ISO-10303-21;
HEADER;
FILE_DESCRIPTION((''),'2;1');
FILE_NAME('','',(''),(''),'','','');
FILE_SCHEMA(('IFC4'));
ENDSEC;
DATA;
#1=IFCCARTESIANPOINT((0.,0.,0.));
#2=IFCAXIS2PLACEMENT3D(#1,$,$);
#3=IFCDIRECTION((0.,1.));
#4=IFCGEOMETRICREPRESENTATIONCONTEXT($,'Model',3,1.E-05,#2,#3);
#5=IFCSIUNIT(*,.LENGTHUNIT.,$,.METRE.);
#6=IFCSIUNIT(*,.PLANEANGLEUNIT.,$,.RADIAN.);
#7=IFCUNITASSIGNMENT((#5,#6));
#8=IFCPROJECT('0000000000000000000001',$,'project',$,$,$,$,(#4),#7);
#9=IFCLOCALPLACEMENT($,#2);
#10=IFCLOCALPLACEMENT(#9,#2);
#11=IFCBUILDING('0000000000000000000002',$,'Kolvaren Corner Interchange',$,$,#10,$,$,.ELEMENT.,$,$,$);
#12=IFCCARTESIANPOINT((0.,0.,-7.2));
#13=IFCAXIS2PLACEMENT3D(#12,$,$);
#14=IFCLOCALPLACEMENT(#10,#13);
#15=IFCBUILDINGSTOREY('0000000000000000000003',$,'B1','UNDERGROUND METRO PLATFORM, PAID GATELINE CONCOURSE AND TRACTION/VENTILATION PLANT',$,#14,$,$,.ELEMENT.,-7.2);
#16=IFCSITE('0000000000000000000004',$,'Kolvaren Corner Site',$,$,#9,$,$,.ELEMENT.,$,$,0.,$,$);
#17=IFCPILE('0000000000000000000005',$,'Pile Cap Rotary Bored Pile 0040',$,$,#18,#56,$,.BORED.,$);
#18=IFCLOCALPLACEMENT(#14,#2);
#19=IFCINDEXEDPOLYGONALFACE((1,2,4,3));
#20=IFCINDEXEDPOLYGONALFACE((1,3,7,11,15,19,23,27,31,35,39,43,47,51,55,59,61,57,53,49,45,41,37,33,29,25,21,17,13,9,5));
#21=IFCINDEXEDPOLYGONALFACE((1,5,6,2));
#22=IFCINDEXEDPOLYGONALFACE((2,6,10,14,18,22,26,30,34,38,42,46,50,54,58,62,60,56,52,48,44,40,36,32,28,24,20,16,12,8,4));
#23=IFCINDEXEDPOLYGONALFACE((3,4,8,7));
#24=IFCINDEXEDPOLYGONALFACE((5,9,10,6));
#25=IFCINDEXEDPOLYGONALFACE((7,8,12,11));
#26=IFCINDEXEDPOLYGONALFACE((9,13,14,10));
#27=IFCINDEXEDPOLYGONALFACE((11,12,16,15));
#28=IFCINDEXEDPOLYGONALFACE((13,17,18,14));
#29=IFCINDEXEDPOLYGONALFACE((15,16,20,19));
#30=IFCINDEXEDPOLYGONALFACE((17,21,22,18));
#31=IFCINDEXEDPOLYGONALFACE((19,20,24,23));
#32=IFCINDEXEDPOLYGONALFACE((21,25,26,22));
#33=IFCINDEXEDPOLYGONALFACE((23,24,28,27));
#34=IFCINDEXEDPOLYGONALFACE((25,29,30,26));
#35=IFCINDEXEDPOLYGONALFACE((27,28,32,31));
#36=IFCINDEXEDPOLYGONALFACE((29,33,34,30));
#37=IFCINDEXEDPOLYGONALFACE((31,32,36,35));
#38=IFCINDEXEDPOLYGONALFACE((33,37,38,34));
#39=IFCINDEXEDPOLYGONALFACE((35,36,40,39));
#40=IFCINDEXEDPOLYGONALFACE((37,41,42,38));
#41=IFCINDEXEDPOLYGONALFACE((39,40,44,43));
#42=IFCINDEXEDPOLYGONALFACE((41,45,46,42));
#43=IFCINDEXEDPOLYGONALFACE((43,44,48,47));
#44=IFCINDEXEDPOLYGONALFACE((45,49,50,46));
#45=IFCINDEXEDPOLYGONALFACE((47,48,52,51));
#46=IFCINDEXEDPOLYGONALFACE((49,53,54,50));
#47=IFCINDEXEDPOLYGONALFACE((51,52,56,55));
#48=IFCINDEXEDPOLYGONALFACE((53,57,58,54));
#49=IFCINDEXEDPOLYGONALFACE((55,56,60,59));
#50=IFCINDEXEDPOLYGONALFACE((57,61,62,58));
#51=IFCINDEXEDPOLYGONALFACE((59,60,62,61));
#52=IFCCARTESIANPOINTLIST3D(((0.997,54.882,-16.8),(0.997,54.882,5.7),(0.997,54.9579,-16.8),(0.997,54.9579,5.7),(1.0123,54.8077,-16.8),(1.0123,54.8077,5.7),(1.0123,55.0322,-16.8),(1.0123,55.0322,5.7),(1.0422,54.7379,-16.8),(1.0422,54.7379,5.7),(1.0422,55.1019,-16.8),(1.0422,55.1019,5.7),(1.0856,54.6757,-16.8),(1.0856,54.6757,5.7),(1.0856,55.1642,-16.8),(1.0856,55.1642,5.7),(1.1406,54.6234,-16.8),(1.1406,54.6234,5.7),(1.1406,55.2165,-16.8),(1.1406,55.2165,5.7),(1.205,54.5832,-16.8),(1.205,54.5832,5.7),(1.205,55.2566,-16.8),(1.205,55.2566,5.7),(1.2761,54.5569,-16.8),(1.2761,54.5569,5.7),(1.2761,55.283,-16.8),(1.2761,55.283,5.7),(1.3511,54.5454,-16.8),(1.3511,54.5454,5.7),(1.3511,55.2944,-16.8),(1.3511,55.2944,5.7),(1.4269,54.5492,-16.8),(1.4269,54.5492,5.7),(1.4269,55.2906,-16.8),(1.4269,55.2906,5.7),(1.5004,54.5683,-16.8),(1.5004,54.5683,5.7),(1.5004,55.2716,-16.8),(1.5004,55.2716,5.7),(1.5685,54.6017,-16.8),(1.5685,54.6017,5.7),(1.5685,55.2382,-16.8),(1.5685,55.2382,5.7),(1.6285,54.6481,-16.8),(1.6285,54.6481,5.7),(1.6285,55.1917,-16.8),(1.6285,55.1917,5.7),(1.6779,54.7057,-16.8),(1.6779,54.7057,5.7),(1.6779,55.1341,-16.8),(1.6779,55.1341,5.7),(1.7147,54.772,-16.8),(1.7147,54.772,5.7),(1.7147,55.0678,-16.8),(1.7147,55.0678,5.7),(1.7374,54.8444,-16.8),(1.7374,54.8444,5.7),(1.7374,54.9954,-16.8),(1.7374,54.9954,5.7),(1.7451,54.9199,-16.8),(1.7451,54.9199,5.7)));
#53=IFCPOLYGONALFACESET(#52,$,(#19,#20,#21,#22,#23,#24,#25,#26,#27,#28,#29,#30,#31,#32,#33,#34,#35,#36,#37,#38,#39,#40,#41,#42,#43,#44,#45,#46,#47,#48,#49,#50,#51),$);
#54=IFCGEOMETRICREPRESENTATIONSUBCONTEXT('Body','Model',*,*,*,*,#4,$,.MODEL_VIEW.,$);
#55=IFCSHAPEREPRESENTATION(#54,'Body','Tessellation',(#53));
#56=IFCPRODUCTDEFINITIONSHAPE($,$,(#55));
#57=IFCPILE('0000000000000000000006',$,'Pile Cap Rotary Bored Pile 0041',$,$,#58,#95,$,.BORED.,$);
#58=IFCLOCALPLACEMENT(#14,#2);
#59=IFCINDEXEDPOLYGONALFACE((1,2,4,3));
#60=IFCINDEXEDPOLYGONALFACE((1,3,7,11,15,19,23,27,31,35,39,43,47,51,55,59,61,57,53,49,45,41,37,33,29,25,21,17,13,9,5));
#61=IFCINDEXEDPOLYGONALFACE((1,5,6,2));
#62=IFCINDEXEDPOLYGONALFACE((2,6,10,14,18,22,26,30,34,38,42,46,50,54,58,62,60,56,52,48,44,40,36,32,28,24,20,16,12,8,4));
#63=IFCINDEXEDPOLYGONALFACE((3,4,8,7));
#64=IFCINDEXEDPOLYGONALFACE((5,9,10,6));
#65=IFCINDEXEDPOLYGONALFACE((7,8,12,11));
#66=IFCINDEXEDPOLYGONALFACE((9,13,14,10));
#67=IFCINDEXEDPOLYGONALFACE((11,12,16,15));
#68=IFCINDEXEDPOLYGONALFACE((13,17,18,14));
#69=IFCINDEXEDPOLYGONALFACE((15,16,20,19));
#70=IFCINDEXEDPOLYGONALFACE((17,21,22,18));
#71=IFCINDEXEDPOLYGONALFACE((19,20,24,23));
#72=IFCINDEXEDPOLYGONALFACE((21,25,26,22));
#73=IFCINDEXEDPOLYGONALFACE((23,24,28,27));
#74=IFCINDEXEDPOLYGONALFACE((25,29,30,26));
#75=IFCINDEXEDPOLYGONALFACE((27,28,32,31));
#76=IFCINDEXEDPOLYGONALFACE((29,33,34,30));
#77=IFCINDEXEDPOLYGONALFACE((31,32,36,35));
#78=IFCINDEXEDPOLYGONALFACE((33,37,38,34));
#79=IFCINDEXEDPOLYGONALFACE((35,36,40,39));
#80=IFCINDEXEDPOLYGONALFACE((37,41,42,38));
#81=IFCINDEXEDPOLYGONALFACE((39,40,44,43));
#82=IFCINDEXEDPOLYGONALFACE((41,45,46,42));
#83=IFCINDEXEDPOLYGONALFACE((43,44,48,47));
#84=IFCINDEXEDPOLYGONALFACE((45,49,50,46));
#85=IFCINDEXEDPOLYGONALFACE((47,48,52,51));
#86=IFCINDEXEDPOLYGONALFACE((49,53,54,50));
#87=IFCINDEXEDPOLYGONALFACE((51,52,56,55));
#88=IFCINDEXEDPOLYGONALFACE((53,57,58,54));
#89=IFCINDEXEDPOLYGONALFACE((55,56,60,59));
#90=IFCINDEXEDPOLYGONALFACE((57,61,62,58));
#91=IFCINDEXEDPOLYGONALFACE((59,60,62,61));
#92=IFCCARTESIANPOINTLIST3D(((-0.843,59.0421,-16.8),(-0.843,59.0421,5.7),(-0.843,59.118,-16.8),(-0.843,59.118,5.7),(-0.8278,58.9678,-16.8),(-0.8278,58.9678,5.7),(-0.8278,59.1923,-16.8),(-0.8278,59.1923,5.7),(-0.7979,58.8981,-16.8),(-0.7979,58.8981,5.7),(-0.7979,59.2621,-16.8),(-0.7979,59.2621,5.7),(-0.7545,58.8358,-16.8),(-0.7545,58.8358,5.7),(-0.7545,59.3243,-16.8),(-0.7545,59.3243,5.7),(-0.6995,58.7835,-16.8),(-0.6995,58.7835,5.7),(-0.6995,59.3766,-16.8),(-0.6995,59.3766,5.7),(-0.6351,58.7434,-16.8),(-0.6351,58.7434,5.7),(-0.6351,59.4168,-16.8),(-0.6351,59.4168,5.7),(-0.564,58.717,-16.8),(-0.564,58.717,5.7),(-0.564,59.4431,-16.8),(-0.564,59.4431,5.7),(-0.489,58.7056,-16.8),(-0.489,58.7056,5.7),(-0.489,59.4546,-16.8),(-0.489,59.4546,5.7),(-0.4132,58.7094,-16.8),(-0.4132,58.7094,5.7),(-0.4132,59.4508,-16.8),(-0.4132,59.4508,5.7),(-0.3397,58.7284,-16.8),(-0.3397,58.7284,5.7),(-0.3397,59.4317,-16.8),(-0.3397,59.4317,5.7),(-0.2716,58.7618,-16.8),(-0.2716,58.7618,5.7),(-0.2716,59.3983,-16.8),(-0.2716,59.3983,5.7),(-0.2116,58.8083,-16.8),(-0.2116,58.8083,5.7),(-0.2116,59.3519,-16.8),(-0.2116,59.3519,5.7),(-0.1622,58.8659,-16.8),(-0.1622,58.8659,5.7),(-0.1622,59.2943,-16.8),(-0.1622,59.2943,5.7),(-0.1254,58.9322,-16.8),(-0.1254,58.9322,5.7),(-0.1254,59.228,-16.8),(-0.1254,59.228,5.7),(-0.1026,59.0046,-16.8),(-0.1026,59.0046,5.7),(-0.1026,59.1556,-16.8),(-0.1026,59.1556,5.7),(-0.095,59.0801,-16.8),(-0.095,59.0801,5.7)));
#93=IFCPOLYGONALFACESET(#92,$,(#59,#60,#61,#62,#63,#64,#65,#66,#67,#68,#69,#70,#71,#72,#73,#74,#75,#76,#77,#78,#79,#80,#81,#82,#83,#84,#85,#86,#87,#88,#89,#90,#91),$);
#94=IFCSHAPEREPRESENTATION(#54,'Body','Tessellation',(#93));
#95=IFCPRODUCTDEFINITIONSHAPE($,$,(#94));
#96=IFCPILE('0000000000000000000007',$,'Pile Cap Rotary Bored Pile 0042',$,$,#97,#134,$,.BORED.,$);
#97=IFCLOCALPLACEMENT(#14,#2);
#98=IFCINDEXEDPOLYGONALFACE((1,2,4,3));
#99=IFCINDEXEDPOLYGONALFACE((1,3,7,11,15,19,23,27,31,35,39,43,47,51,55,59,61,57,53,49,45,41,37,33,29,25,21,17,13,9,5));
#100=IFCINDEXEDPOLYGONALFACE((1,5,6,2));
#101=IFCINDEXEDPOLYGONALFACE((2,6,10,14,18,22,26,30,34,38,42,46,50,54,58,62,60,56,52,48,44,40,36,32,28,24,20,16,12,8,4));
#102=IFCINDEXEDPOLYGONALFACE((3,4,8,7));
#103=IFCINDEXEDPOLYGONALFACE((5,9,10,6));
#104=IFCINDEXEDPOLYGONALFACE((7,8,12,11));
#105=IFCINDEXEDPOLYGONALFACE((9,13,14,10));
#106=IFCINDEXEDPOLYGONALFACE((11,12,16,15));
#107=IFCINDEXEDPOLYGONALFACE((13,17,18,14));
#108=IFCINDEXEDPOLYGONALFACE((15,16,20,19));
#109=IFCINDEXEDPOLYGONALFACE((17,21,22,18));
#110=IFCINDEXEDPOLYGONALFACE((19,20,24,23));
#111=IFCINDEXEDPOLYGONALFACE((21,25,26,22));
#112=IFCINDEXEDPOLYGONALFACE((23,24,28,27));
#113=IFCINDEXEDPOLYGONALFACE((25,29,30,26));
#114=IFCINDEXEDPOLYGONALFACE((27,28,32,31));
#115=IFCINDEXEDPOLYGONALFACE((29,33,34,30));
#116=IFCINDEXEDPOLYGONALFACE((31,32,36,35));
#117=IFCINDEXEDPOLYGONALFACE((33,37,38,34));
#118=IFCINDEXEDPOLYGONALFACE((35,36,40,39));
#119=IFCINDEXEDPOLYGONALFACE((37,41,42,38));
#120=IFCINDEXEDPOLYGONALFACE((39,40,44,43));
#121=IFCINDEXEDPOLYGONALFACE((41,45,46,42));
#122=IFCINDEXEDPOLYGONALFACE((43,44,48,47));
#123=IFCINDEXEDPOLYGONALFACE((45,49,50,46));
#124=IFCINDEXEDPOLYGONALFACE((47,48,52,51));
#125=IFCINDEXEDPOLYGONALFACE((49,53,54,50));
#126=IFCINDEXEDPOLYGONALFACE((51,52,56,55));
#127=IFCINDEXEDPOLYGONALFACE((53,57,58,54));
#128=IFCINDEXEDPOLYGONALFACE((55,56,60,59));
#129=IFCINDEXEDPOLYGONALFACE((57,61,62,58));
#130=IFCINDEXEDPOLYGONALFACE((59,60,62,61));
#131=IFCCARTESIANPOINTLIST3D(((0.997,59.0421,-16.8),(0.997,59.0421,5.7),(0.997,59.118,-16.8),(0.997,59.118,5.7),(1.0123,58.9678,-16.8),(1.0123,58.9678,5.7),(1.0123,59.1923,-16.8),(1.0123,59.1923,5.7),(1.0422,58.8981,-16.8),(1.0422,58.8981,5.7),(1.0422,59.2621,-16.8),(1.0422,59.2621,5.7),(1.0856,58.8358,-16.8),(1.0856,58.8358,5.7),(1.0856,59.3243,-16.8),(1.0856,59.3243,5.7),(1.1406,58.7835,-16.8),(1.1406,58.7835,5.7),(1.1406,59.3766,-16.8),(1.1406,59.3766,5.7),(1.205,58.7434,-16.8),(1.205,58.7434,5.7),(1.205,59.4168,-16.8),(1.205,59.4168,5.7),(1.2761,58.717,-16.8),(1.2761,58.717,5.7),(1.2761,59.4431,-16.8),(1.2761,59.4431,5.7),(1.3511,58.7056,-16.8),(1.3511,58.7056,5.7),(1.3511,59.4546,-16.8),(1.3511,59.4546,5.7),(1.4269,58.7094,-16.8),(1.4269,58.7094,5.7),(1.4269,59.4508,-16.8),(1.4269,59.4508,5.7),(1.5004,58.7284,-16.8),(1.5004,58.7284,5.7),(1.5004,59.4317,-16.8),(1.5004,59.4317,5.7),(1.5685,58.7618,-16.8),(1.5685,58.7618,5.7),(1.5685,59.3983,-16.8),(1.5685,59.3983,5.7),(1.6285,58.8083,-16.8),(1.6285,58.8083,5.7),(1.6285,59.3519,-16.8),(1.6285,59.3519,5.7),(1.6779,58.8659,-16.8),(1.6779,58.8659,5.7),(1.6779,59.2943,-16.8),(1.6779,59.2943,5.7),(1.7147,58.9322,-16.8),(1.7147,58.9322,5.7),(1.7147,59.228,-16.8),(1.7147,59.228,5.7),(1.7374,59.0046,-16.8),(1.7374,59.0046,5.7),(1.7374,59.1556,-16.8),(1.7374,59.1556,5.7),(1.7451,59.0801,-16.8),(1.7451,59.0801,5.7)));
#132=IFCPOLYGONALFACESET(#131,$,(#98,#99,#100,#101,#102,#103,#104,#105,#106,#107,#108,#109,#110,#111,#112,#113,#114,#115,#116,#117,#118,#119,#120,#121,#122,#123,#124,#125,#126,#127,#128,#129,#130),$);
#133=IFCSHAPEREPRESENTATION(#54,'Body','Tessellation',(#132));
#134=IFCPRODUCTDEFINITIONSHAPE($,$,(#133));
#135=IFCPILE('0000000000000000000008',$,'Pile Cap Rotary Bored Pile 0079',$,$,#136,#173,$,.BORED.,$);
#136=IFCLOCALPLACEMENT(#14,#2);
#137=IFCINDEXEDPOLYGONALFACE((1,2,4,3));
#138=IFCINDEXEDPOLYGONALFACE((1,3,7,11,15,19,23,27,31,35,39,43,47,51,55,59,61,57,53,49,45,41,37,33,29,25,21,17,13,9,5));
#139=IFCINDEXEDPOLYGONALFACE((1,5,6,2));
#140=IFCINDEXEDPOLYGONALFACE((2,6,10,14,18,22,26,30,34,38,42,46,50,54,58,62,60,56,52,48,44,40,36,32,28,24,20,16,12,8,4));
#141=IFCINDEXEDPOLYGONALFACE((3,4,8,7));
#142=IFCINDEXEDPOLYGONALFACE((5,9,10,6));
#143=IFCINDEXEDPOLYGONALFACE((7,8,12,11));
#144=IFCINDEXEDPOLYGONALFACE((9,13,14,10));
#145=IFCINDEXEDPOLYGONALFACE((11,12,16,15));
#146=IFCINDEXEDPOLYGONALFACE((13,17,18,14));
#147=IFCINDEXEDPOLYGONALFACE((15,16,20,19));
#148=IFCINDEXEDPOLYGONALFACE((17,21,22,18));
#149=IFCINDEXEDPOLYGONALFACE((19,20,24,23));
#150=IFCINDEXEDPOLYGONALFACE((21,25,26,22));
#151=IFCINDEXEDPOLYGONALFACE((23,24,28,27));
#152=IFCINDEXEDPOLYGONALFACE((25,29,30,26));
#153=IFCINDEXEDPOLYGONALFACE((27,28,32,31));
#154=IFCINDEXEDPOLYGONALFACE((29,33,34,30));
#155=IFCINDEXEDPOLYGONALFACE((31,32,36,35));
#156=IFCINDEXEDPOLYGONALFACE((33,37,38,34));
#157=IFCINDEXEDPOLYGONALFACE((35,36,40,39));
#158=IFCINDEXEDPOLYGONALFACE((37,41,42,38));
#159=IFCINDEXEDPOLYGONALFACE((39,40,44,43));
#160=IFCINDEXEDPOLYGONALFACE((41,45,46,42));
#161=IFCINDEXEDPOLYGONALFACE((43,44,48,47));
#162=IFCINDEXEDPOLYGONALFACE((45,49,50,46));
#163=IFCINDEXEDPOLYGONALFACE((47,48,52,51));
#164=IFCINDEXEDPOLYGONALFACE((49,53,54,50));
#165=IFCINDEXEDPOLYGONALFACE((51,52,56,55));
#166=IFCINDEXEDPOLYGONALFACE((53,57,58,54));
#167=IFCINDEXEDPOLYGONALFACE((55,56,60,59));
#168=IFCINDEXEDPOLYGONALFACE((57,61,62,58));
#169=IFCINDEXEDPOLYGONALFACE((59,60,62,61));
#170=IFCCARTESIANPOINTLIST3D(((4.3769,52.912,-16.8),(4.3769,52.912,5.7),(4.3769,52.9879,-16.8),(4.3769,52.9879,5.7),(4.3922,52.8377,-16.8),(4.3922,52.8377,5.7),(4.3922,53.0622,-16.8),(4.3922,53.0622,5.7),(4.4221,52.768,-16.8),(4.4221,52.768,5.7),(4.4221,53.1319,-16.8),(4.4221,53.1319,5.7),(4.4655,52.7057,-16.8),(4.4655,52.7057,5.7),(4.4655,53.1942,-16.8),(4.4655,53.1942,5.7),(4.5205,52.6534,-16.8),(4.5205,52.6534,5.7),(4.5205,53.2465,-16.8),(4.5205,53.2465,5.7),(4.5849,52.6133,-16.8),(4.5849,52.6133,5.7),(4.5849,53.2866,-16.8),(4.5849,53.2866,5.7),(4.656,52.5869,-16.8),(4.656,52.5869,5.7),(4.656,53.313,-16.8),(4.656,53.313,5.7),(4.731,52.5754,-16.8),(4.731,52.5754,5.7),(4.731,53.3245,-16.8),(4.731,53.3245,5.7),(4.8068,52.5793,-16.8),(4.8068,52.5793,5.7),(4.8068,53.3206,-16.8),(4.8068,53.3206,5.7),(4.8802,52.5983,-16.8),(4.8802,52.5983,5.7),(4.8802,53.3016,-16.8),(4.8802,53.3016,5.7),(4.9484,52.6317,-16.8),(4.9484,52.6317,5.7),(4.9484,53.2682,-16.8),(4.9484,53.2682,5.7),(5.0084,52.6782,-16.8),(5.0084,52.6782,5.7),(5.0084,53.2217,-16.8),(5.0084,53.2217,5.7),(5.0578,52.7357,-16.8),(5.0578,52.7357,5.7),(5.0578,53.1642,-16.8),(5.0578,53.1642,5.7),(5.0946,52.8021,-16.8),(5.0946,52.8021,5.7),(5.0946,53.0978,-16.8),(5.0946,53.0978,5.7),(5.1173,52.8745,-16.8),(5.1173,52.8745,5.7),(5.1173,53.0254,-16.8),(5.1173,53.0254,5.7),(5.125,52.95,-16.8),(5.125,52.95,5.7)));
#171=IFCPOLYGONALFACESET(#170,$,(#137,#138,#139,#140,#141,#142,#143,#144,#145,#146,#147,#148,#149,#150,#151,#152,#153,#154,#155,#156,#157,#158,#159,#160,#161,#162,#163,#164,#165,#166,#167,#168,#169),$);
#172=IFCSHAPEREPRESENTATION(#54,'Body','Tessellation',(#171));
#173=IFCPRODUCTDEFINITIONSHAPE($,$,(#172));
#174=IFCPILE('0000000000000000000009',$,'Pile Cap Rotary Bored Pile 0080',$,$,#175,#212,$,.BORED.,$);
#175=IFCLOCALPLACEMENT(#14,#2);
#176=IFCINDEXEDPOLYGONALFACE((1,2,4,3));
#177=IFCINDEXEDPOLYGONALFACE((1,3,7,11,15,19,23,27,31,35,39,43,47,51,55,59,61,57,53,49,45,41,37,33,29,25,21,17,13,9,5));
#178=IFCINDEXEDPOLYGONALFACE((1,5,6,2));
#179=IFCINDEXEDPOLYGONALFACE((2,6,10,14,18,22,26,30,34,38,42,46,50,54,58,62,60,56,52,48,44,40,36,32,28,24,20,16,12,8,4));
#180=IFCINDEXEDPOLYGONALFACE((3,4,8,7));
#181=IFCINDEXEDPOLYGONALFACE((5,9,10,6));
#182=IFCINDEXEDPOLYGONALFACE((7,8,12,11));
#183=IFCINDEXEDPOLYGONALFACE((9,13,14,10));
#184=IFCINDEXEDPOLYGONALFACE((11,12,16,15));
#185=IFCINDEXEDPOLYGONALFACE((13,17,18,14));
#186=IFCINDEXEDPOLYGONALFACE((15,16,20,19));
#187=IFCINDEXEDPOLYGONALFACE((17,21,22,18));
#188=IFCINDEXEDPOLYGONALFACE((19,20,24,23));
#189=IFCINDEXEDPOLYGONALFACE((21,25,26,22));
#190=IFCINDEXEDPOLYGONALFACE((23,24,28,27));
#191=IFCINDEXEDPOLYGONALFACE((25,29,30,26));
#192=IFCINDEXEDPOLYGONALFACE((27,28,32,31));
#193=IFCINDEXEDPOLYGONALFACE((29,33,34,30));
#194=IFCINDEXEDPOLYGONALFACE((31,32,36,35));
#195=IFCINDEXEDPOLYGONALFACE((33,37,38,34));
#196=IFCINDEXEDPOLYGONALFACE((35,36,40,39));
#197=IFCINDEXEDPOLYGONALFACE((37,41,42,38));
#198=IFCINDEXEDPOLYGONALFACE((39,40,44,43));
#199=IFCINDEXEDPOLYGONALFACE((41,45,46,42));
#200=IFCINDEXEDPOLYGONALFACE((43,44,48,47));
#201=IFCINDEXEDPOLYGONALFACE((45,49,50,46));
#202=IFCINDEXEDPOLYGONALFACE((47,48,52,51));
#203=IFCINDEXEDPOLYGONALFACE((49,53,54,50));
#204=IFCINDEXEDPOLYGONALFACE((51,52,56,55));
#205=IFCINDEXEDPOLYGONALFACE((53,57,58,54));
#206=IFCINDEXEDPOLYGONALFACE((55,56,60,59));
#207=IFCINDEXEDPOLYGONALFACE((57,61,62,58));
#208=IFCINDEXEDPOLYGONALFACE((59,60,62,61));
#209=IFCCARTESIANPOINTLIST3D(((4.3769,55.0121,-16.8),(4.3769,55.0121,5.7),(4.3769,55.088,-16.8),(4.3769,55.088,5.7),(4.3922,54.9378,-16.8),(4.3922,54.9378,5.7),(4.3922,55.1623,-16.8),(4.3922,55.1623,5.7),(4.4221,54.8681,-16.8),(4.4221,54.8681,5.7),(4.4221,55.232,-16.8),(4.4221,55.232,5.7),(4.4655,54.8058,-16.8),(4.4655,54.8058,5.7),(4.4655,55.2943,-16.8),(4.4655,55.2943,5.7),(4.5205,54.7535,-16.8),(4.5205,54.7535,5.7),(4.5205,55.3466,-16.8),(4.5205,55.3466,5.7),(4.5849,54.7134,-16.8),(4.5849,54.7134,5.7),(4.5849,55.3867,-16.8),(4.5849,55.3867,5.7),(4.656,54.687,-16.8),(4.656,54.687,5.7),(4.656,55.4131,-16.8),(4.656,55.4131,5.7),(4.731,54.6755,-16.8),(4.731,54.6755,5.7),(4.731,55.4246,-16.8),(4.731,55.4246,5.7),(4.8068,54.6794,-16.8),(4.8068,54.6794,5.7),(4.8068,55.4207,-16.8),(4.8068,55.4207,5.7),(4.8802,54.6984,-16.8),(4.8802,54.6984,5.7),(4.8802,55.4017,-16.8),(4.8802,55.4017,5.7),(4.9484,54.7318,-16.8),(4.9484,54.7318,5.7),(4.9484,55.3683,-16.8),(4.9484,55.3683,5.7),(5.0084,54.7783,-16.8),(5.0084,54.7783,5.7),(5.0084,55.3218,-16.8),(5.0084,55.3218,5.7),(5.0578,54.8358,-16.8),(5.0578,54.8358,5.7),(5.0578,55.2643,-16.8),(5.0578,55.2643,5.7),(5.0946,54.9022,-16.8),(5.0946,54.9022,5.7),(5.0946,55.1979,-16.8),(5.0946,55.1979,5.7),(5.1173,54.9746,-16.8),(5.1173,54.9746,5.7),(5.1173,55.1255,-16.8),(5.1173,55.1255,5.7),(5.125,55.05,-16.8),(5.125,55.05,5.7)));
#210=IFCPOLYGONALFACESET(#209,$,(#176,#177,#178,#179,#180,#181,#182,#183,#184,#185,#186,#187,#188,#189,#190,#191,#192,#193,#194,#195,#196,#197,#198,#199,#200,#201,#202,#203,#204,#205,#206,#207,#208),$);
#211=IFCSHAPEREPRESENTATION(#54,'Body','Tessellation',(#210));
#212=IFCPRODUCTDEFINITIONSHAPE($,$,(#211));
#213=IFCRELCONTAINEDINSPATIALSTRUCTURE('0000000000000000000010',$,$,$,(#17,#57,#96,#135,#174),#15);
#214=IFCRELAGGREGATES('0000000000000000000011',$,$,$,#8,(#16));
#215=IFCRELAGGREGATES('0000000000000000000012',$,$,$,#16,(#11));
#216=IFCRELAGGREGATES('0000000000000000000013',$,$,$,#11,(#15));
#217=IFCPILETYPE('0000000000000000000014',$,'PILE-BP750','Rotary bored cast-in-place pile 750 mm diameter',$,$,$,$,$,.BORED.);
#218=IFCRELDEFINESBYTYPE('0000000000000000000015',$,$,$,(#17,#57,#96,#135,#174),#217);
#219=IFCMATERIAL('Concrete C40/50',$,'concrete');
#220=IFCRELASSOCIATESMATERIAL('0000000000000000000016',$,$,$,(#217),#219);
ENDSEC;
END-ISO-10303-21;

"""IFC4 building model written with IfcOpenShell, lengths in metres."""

from ifc_helpers import new_model, si_unit, direction, frame, origin, origin_2d, place, context, subcontext, project, spatial, circle, extrude, material, material_profile, profile_set, type_object, element, save


model = new_model("IFC4")

# Units and contexts
model_context = context("Model", 3, precision=1e-05, world=origin(), true_north=direction((0.0, 1.0)))
body_context = subcontext(model_context, "Body", "Model", "MODEL_VIEW")
ifc_project = project(units=[si_unit("LENGTHUNIT", "METRE"), si_unit("PLANEANGLEUNIT", "RADIAN")], contexts=[model_context])

# Site, building, storey
site_placement = place(None, origin())
site = spatial("IfcSite", under=ifc_project, at=site_placement, Name="Kolvaren Corner Site", CompositionType="ELEMENT", RefElevation=0.0)
building_placement = place(site_placement, origin())
building = spatial("IfcBuilding", under=site, at=building_placement, Name="Kolvaren Corner Interchange", CompositionType="ELEMENT")
storey_placement = place(building_placement, frame((0.0, 0.0, -7.2)))
storey = spatial("IfcBuildingStorey", under=building, at=storey_placement, Name="B1", Description="UNDERGROUND METRO PLATFORM, PAID GATELINE CONCOURSE AND TRACTION/VENTILATION PLANT", CompositionType="ELEMENT", Elevation=-7.2)

# Piles
ifc_material_1 = material(Name="Concrete C40/50", Category="concrete")
ifc_material_profile_1 = material_profile(ifc_material_1, circle(Radius=0.375, at=origin_2d()), Name="BORED PILE 750")
ifc_profile_set_1 = profile_set([ifc_material_profile_1], Name="Concrete C40/50")
pile_type_1 = type_object("IfcPileType", Name="PILE-BP750", Description="Rotary bored cast-in-place pile 750 mm diameter", PredefinedType="BORED", material=ifc_profile_set_1)
for number, where, z_axis, x_axis, name in (
    (1, (1.3701, 54.9199, 5.7), (0.0, 0.0, -1.0), (1.0, 0.0, 0.0), "Pile Cap Rotary Bored Pile 0040"),
    (2, (-0.47, 59.0801, 5.7), (0.0, 0.0, -1.0), (1.0, 0.0, 0.0), "Pile Cap Rotary Bored Pile 0041"),
    (3, (1.3701, 59.0801, 5.7), (0.0, 0.0, -1.0), (1.0, 0.0, 0.0), "Pile Cap Rotary Bored Pile 0042"),
    (4, (4.75, 52.95, 5.7), (0.0, 0.0, -1.0), (1.0, 0.0, 0.0), "Pile Cap Rotary Bored Pile 0079"),
    (5, (4.75, 55.05, 5.7), (0.0, 0.0, -1.0), (1.0, 0.0, 0.0), "Pile Cap Rotary Bored Pile 0080"),
):
    element("IfcPile", number, at=place(storey_placement, frame(where, z_axis=z_axis, x_axis=x_axis)), inside=storey, type_object=pile_type_1, Name=name, PredefinedType="BORED", context=body_context, shape_type="SweptSolid", body=[
        extrude(circle(Radius=0.375, at=origin_2d()), origin(), (0.0, 0.0, 1.0), 22.5),
    ])

save(model, "model.ifc")
